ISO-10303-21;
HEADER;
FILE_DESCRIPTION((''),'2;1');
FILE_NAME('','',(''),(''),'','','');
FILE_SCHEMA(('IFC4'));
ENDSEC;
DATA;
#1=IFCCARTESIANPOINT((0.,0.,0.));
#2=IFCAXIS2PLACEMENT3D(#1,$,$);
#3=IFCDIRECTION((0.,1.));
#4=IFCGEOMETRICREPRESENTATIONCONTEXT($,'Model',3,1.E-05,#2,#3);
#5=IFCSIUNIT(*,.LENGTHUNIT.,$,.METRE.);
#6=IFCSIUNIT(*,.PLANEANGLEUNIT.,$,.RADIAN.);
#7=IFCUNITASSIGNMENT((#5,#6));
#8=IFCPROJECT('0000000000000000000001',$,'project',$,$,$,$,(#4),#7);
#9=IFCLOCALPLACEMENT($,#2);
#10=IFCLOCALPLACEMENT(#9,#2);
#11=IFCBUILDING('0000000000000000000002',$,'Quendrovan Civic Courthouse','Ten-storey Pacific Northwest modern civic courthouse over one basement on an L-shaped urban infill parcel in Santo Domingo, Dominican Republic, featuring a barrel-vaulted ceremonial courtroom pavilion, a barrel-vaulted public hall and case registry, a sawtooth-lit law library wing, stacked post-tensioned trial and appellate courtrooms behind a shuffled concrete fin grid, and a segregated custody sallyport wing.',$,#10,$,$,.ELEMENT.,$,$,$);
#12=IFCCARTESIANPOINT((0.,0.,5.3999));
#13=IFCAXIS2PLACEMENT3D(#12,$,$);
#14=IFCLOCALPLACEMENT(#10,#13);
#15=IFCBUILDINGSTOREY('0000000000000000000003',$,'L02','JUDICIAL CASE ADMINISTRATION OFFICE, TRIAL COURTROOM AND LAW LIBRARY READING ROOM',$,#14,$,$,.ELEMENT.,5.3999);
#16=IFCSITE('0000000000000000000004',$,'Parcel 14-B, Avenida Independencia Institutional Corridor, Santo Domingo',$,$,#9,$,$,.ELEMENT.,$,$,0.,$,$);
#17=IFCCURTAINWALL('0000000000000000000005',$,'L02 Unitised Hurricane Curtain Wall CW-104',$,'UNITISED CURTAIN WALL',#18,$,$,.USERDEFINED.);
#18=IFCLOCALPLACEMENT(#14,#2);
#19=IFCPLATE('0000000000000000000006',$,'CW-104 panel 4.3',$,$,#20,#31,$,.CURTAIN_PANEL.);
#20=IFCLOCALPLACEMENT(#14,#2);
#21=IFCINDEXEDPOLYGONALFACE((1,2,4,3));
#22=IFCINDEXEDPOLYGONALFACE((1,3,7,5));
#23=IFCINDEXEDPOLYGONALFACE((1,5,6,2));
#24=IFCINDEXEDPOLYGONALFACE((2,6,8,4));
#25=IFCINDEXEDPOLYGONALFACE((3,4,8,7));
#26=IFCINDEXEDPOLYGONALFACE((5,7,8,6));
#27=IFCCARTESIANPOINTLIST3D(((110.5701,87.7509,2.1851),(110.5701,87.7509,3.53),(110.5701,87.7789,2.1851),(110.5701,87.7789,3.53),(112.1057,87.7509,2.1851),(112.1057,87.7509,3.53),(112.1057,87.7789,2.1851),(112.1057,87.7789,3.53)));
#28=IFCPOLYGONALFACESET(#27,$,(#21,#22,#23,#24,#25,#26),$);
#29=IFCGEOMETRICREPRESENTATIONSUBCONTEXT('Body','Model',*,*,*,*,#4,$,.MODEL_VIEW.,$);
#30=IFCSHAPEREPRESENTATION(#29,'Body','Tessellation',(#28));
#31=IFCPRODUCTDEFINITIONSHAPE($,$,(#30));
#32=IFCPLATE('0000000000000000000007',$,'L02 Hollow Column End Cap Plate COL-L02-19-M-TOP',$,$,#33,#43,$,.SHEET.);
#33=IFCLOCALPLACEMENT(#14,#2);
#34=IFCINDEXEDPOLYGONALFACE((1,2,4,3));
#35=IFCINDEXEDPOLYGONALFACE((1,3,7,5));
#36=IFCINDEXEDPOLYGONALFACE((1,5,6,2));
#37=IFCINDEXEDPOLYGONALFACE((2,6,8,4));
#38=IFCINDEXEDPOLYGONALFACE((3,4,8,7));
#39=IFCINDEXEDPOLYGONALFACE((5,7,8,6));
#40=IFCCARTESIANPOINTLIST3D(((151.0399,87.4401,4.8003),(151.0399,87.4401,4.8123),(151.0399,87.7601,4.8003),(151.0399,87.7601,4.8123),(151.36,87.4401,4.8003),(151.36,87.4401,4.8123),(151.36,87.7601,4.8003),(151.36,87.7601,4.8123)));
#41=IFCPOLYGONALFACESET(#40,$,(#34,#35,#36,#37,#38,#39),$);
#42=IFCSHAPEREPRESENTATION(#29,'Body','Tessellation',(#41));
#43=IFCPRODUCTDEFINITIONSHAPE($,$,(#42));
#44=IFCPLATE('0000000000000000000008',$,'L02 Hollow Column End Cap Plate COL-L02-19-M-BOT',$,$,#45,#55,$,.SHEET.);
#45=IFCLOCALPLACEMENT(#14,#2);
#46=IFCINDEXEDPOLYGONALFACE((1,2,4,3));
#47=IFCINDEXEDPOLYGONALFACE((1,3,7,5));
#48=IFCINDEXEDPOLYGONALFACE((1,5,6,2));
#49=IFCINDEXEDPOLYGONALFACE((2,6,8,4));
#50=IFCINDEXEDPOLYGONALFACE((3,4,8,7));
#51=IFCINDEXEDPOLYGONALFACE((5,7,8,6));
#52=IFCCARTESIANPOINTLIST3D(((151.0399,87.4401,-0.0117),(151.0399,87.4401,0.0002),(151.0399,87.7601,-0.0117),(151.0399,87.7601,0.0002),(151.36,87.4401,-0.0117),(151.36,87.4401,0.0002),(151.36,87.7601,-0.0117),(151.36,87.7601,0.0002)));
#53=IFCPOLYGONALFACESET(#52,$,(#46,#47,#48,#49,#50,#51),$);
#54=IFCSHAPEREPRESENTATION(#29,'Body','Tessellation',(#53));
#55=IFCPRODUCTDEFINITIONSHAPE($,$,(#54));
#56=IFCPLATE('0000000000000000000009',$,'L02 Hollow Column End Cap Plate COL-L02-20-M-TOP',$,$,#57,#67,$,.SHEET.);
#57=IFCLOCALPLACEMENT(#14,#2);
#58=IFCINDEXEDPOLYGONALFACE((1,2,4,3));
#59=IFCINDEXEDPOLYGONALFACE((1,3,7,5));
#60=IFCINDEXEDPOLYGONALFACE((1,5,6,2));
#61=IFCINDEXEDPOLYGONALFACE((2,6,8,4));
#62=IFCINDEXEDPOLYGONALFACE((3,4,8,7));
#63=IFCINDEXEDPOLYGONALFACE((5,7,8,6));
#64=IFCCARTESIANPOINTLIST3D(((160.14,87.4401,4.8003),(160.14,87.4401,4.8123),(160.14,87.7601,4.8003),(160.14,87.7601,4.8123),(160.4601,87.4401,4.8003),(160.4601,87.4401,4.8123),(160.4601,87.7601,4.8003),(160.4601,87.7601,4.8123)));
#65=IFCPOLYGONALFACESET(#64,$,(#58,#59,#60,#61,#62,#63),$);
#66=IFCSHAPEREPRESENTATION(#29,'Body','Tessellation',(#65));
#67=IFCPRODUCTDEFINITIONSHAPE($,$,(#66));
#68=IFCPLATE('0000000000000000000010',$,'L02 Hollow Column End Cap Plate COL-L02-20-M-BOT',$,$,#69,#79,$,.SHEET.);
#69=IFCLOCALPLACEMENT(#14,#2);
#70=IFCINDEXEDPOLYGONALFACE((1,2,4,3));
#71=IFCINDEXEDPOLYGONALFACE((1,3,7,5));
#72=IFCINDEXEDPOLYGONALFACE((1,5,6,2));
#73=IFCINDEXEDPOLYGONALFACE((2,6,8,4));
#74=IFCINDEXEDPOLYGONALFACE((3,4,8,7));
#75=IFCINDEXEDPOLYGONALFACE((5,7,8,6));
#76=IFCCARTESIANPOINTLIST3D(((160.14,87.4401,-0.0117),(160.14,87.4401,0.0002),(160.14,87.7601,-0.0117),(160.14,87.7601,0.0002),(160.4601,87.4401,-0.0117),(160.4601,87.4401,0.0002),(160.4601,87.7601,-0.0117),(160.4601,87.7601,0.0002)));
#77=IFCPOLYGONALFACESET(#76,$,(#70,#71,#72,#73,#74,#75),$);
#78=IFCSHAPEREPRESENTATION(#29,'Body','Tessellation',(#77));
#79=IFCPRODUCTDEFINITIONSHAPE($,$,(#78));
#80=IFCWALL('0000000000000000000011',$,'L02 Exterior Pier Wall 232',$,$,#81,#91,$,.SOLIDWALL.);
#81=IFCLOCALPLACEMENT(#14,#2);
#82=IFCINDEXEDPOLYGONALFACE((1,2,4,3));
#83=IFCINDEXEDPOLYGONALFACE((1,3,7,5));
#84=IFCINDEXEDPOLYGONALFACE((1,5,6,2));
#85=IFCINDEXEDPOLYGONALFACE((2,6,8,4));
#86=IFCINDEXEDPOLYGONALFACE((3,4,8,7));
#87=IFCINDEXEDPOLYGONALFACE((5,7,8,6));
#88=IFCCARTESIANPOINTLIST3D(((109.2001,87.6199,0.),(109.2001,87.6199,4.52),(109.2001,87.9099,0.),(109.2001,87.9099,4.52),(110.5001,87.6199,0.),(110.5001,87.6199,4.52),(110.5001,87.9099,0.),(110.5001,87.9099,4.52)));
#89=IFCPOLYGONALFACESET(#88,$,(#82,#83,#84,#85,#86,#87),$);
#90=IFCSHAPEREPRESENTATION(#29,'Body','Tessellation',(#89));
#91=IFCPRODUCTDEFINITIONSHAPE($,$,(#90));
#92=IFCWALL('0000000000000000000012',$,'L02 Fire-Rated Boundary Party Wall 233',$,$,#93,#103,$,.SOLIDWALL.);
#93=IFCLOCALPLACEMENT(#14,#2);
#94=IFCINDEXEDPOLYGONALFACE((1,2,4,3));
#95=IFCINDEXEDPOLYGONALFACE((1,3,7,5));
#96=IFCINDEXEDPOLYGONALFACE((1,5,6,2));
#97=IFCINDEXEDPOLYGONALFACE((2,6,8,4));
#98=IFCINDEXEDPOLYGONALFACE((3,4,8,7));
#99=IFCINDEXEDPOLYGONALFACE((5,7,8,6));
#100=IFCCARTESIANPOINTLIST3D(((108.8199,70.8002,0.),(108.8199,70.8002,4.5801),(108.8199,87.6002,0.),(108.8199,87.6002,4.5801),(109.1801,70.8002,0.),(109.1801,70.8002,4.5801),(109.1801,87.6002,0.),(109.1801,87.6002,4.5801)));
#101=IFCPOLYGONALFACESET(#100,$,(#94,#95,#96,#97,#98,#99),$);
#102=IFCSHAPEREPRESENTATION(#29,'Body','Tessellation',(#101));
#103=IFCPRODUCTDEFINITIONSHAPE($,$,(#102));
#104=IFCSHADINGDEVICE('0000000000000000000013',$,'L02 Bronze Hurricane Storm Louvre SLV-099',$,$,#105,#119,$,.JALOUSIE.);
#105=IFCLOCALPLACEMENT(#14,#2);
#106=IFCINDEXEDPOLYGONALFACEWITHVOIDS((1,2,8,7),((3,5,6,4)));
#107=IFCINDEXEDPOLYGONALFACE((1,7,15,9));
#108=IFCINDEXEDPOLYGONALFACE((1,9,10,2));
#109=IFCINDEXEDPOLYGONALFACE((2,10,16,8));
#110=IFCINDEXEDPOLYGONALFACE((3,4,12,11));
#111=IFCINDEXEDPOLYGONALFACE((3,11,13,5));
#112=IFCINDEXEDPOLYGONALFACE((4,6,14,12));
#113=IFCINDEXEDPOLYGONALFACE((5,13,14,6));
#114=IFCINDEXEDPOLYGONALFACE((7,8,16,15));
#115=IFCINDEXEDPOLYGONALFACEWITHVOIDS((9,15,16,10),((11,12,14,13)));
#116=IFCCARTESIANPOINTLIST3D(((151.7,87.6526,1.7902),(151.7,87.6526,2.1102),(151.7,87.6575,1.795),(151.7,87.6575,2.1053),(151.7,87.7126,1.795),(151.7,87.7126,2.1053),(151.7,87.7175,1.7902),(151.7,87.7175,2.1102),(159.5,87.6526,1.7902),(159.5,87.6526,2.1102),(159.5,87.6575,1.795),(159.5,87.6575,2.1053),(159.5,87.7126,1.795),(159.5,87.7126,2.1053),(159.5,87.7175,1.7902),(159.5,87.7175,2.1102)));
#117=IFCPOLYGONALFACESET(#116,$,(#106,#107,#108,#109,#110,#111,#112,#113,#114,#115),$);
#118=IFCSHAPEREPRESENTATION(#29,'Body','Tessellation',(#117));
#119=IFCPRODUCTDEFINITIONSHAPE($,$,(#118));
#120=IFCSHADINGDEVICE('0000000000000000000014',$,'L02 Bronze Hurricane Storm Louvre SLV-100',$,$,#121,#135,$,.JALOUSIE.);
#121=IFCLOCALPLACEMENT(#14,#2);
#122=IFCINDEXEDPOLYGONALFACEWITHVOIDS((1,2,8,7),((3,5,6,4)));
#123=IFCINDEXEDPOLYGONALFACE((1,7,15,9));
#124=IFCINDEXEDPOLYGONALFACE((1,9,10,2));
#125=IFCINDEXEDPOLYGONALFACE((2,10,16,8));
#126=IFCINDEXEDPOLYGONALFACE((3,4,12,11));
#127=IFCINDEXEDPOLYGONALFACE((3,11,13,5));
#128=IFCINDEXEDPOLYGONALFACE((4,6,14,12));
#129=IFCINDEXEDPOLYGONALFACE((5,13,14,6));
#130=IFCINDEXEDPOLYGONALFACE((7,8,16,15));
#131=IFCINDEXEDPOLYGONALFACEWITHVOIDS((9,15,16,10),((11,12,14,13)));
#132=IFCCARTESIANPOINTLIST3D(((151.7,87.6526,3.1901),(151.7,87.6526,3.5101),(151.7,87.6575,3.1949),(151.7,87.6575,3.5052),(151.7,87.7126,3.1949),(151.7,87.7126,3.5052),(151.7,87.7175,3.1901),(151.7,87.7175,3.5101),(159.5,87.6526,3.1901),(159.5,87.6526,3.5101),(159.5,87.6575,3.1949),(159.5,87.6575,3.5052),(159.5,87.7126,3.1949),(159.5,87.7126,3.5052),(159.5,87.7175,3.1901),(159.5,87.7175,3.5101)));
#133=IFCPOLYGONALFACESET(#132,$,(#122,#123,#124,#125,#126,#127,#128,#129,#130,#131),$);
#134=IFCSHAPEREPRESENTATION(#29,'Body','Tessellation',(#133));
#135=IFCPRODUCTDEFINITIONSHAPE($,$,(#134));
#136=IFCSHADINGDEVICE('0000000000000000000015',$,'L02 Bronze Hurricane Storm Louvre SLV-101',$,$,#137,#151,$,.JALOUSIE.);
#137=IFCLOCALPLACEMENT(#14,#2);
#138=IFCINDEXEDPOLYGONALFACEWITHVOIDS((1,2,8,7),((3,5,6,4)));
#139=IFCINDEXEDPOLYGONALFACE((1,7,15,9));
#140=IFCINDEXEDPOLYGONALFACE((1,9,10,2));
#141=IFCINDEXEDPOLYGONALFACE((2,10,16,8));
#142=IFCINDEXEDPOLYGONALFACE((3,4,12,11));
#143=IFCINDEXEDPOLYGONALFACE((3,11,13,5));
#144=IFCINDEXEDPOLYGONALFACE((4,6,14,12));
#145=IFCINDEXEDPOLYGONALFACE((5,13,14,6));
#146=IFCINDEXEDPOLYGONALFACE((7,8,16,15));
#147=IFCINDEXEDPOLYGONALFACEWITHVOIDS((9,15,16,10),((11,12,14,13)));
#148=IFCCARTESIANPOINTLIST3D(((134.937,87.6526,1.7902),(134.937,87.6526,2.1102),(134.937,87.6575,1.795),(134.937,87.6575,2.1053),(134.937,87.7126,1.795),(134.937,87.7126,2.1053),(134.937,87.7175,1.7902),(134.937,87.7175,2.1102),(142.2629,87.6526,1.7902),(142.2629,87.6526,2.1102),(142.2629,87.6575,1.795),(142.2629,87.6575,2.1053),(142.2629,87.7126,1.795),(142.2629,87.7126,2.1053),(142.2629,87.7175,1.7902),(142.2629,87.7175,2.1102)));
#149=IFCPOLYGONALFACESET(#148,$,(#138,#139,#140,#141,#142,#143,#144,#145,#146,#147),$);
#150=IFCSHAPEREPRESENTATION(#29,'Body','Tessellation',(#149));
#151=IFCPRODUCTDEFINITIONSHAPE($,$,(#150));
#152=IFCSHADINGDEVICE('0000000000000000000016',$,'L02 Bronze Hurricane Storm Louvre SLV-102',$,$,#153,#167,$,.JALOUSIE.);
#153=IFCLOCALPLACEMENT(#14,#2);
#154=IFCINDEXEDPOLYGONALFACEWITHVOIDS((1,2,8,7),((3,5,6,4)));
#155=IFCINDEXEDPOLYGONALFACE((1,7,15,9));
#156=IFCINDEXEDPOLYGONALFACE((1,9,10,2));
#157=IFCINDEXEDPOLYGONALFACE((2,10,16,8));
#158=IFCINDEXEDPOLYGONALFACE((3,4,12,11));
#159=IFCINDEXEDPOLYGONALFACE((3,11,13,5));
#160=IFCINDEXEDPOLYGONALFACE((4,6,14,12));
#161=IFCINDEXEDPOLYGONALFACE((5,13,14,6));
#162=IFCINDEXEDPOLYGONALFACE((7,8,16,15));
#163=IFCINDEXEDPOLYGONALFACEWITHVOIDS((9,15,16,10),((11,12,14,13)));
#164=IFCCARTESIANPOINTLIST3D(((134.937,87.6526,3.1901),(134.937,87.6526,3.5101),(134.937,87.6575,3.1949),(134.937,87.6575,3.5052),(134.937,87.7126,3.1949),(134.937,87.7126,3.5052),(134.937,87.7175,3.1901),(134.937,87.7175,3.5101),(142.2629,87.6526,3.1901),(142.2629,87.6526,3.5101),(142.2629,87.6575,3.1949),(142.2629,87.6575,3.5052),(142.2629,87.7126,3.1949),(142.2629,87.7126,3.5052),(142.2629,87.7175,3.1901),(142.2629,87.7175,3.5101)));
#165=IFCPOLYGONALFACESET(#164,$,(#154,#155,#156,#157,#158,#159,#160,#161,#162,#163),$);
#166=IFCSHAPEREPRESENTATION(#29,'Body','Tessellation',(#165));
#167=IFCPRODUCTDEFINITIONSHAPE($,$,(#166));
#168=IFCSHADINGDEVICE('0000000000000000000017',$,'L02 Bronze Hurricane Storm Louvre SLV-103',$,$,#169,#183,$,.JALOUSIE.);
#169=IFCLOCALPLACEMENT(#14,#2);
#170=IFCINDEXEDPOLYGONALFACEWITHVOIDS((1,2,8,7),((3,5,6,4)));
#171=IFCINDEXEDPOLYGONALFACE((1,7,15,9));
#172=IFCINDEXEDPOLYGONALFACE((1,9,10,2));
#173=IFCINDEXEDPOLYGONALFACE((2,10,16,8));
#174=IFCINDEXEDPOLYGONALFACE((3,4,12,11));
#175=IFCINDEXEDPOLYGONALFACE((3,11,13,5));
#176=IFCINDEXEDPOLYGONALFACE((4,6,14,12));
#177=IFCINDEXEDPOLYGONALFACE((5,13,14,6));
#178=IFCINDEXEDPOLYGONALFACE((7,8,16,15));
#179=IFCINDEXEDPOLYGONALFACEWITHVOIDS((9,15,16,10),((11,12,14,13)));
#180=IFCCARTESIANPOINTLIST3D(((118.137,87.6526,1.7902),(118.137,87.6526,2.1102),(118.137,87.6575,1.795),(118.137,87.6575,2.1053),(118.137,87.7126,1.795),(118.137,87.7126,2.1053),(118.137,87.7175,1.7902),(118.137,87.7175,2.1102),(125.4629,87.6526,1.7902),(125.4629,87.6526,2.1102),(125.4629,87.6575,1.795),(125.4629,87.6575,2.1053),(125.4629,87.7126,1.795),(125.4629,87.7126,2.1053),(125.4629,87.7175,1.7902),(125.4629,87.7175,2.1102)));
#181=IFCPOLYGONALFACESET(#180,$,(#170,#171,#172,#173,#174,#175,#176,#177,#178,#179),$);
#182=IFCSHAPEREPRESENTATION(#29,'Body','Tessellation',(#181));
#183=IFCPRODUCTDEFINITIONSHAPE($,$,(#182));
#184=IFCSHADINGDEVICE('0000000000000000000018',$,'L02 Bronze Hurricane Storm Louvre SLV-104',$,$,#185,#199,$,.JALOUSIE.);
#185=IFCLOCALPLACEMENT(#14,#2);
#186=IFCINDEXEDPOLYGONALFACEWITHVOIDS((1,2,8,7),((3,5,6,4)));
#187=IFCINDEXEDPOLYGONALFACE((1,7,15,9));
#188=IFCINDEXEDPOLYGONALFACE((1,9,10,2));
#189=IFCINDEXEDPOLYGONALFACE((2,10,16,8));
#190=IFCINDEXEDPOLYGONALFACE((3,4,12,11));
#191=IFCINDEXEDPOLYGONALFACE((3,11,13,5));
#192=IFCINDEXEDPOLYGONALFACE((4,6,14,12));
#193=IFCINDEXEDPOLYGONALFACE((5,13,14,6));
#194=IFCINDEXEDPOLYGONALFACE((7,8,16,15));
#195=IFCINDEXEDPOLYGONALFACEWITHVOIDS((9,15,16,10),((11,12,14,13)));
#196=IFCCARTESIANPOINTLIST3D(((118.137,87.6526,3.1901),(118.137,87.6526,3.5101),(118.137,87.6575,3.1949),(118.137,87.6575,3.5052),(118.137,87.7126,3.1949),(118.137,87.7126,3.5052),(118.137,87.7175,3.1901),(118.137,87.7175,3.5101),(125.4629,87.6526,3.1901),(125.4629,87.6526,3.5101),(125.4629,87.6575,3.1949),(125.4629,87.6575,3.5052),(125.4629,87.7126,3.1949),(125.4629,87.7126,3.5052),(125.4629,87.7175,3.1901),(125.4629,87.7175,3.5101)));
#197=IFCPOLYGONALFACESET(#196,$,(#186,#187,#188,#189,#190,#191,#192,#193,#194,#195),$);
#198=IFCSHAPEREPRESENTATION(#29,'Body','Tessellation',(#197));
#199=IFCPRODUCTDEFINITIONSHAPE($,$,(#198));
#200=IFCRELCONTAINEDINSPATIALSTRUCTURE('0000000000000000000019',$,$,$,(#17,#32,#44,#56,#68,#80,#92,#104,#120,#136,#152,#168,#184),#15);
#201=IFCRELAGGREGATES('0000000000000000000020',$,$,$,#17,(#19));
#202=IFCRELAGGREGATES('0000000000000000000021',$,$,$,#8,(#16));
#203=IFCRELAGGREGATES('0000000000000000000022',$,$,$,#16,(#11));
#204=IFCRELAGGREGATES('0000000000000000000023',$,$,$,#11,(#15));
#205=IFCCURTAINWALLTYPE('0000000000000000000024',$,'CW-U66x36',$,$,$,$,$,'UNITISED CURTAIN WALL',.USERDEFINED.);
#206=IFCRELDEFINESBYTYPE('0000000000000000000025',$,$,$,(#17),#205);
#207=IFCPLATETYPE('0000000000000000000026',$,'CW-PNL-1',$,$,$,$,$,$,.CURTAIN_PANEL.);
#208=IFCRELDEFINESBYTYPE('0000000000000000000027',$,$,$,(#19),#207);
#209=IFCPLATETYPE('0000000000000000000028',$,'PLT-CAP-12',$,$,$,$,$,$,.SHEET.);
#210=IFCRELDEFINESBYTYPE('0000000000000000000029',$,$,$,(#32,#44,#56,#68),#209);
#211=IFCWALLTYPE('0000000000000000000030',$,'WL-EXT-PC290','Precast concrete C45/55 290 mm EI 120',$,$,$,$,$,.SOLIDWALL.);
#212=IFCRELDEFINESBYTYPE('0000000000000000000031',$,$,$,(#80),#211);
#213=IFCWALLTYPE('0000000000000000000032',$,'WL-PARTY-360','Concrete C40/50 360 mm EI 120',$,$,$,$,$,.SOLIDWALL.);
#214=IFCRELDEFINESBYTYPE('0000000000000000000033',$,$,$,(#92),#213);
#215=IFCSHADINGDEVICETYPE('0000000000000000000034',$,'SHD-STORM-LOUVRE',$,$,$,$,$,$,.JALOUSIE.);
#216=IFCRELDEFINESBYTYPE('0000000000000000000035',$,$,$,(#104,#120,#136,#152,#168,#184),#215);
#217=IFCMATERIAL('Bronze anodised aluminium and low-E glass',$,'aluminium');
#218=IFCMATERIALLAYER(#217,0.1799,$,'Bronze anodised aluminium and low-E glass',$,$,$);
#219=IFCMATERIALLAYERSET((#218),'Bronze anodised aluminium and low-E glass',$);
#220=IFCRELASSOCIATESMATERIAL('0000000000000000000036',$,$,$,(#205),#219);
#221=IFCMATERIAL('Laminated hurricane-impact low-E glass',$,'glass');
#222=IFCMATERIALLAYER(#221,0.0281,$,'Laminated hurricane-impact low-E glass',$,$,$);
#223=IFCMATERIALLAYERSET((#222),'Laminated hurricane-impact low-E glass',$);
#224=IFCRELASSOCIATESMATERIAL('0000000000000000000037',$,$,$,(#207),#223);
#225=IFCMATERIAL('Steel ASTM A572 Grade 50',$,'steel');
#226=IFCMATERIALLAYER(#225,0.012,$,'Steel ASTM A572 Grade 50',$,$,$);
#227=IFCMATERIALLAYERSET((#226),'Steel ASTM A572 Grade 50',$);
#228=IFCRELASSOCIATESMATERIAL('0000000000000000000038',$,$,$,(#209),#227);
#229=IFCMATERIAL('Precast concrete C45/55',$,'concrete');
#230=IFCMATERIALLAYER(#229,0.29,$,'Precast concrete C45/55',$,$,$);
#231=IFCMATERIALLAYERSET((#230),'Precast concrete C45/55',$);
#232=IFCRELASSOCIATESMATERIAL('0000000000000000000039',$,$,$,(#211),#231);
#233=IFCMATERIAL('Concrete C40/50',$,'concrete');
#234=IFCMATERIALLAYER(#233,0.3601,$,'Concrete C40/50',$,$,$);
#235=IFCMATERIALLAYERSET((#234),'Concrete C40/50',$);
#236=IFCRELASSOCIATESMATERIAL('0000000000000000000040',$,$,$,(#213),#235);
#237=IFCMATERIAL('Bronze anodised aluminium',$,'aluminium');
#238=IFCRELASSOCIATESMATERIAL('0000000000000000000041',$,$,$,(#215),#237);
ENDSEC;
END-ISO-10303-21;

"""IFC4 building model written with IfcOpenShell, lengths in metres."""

from ifc_helpers import new_model, si_unit, direction, frame, frame_2d, origin, origin_2d, place, context, subcontext, project, spatial, rectangle, hollow_rectangle, extrude, material, layer, layer_set, material_profile, profile_set, type_object, element, aggregate, save


model = new_model("IFC4")

# Units and contexts
model_context = context("Model", 3, precision=1e-05, world=origin(), true_north=direction((0.0, 1.0)))
body_context = subcontext(model_context, "Body", "Model", "MODEL_VIEW")
ifc_project = project(units=[si_unit("LENGTHUNIT", "METRE"), si_unit("PLANEANGLEUNIT", "RADIAN")], contexts=[model_context])

# Site, building, storey
site_placement = place(None, origin())
site = spatial("IfcSite", under=ifc_project, at=site_placement, Name="Parcel 14-B, Avenida Independencia Institutional Corridor, Santo Domingo", CompositionType="ELEMENT", RefElevation=0.0)
building_placement = place(site_placement, origin())
building = spatial("IfcBuilding", under=site, at=building_placement, Name="Quendrovan Civic Courthouse", Description="Ten-storey Pacific Northwest modern civic courthouse over one basement on an L-shaped urban infill parcel in Santo Domingo, Dominican Republic, featuring a barrel-vaulted ceremonial courtroom pavilion, a barrel-vaulted public hall and case registry, a sawtooth-lit law library wing, stacked post-tensioned trial and appellate courtrooms behind a shuffled concrete fin grid, and a segregated custody sallyport wing.", CompositionType="ELEMENT")
storey_placement = place(building_placement, frame((0.0, 0.0, 5.3999)))
storey = spatial("IfcBuildingStorey", under=building, at=storey_placement, Name="L02", Description="JUDICIAL CASE ADMINISTRATION OFFICE, TRIAL COURTROOM AND LAW LIBRARY READING ROOM", CompositionType="ELEMENT", Elevation=5.3999)

# Shared definitions
ifc_material_1 = material(Name="Concrete C40/50", Category="concrete")

# Curtain wall, plate
ifc_material_2 = material(Name="Bronze anodised aluminium and low-E glass", Category="aluminium")
ifc_layer_1 = layer(ifc_material_2, 0.1799, Name="Bronze anodised aluminium and low-E glass")
ifc_layer_set_1 = layer_set([ifc_layer_1], Name="Bronze anodised aluminium and low-E glass")
curtain_wall_type = type_object("IfcCurtainWallType", Name="CW-U66x36", ElementType="UNITISED CURTAIN WALL", PredefinedType="USERDEFINED", material=ifc_layer_set_1)
curtain_wall_placement = place(storey_placement, origin())
curtain_wall = element("IfcCurtainWall", 1, at=curtain_wall_placement, inside=storey, type_object=curtain_wall_type, Name="L02 Unitised Hurricane Curtain Wall CW-104", ObjectType="UNITISED CURTAIN WALL", PredefinedType="USERDEFINED")
ifc_material_3 = material(Name="Bronze anodised aluminium", Category="aluminium")
ifc_material_4 = material(Name="Laminated hurricane-impact low-E glass", Category="glass")
ifc_layer_2 = layer(ifc_material_4, 0.0281, Name="Laminated hurricane-impact low-E glass")
ifc_layer_set_2 = layer_set([ifc_layer_2], Name="Laminated hurricane-impact low-E glass")
plate_type_1 = type_object("IfcPlateType", Name="CW-PNL-1", PredefinedType="CURTAIN_PANEL", material=ifc_layer_set_2)
plate_1_placement = place(storey_placement, frame((111.3379, 87.7649, 2.1851), z_axis=(0.0, 0.0, 1.0), x_axis=(-1.0, 0.0, 0.0)))
plate_1 = element("IfcPlate", 2, at=plate_1_placement, type_object=plate_type_1, Name="CW-104 panel 4.3", PredefinedType="CURTAIN_PANEL", context=body_context, shape_type="SweptSolid", body=[
    extrude(rectangle(XDim=1.5356, YDim=0.0281, at=origin_2d()), origin(), (0.0, 0.0, 1.0), 1.345),
])
aggregate(curtain_wall, [plate_1])

# Plates
ifc_material_5 = material(Name="Steel ASTM A572 Grade 50", Category="steel")
ifc_layer_3 = layer(ifc_material_5, 0.012, Name="Steel ASTM A572 Grade 50")
ifc_layer_set_3 = layer_set([ifc_layer_3], Name="Steel ASTM A572 Grade 50")
plate_type_2 = type_object("IfcPlateType", Name="PLT-CAP-12", PredefinedType="SHEET", material=ifc_layer_set_3)
for number, where, z_axis, x_axis, name in (
    (3, (151.2, 87.6001, 4.8003), (0.0, 0.0, 1.0), (1.0, 0.0, 0.0), "L02 Hollow Column End Cap Plate COL-L02-19-M-TOP"),
    (4, (151.2, 87.6001, -0.0117), (0.0, 0.0, 1.0), (1.0, 0.0, 0.0), "L02 Hollow Column End Cap Plate COL-L02-19-M-BOT"),
    (5, (160.3, 87.6001, 4.8003), (0.0, 0.0, 1.0), (1.0, 0.0, 0.0), "L02 Hollow Column End Cap Plate COL-L02-20-M-TOP"),
    (6, (160.3, 87.6001, -0.0117), (0.0, 0.0, 1.0), (1.0, 0.0, 0.0), "L02 Hollow Column End Cap Plate COL-L02-20-M-BOT"),
):
    element("IfcPlate", number, at=place(storey_placement, frame(where, z_axis=z_axis, x_axis=x_axis)), inside=storey, type_object=plate_type_2, Name=name, PredefinedType="SHEET", context=body_context, shape_type="SweptSolid", body=[
        extrude(rectangle(XDim=0.3201, YDim=0.3201, at=origin_2d()), origin(), (0.0, 0.0, 1.0), 0.012),
    ])

# Walls
ifc_material_6 = material(Name="Precast concrete C45/55", Category="concrete")
ifc_layer_4 = layer(ifc_material_6, 0.29, Name="Precast concrete C45/55")
ifc_layer_set_4 = layer_set([ifc_layer_4], Name="Precast concrete C45/55")
wall_type_1 = type_object("IfcWallType", Name="WL-EXT-PC290", Description="Precast concrete C45/55 290 mm EI 120", PredefinedType="SOLIDWALL", material=ifc_layer_set_4)
wall_1_placement = place(storey_placement, frame((110.5, 87.7649, 0.0), z_axis=(0.0, 0.0, 1.0), x_axis=(-1.0, 0.0, 0.0)))
element("IfcWall", 7, at=wall_1_placement, inside=storey, type_object=wall_type_1, Name="L02 Exterior Pier Wall 232", PredefinedType="SOLIDWALL", context=body_context, shape_type="SweptSolid", body=[
    extrude(rectangle(XDim=1.3, YDim=0.29, at=frame_2d((0.6499, 0.0))), origin(), (0.0, 0.0, 1.0), 4.52),
])
ifc_layer_5 = layer(ifc_material_1, 0.3601, Name="Concrete C40/50")
ifc_layer_set_5 = layer_set([ifc_layer_5], Name="Concrete C40/50")
wall_type_2 = type_object("IfcWallType", Name="WL-PARTY-360", Description="Concrete C40/50 360 mm EI 120", PredefinedType="SOLIDWALL", material=ifc_layer_set_5)
wall_2_placement = place(storey_placement, frame((109.0, 87.6001, 0.0), z_axis=(0.0, 0.0, 1.0), x_axis=(0.0, -1.0, 0.0)))
element("IfcWall", 8, at=wall_2_placement, inside=storey, type_object=wall_type_2, Name="L02 Fire-Rated Boundary Party Wall 233", PredefinedType="SOLIDWALL", context=body_context, shape_type="SweptSolid", body=[
    extrude(rectangle(XDim=16.8, YDim=0.3601, at=frame_2d((8.3999, 0.0))), origin(), (0.0, 0.0, 1.0), 4.5801),
])

# Shading devices
ifc_material_profile_1 = material_profile(ifc_material_3, hollow_rectangle(XDim=0.0649, YDim=0.3201, WallThickness=0.0049, at=origin_2d()), Name="AL-LOUVRE-65x320")
ifc_profile_set_1 = profile_set([ifc_material_profile_1], Name="Bronze anodised aluminium")
shading_device_type = type_object("IfcShadingDeviceType", Name="SHD-STORM-LOUVRE", PredefinedType="JALOUSIE", material=ifc_profile_set_1)
for number, where, z_axis, x_axis, name in (
    (9, (159.5, 87.6851, 1.9502), (-1.0, 0.0, 0.0), (0.0, -1.0, 0.0), "L02 Bronze Hurricane Storm Louvre SLV-099"),
    (10, (159.5, 87.6851, 3.3501), (-1.0, 0.0, 0.0), (0.0, -1.0, 0.0), "L02 Bronze Hurricane Storm Louvre SLV-100"),
):
    element("IfcShadingDevice", number, at=place(storey_placement, frame(where, z_axis=z_axis, x_axis=x_axis)), inside=storey, type_object=shading_device_type, Name=name, PredefinedType="JALOUSIE", context=body_context, shape_type="SweptSolid", body=[
        extrude(hollow_rectangle(XDim=0.0649, YDim=0.3201, WallThickness=0.0049, at=origin_2d()), origin(), (0.0, 0.0, 1.0), 7.8),
    ])
for number, where, z_axis, x_axis, name in (
    (11, (142.2629, 87.6851, 1.9502), (-1.0, 0.0, 0.0), (0.0, -1.0, 0.0), "L02 Bronze Hurricane Storm Louvre SLV-101"),
    (12, (142.2629, 87.6851, 3.3501), (-1.0, 0.0, 0.0), (0.0, -1.0, 0.0), "L02 Bronze Hurricane Storm Louvre SLV-102"),
    (13, (125.4629, 87.6851, 1.9502), (-1.0, 0.0, 0.0), (0.0, -1.0, 0.0), "L02 Bronze Hurricane Storm Louvre SLV-103"),
    (14, (125.4629, 87.6851, 3.3501), (-1.0, 0.0, 0.0), (0.0, -1.0, 0.0), "L02 Bronze Hurricane Storm Louvre SLV-104"),
):
    element("IfcShadingDevice", number, at=place(storey_placement, frame(where, z_axis=z_axis, x_axis=x_axis)), inside=storey, type_object=shading_device_type, Name=name, PredefinedType="JALOUSIE", context=body_context, shape_type="SweptSolid", body=[
        extrude(hollow_rectangle(XDim=0.0649, YDim=0.3201, WallThickness=0.0049, at=origin_2d()), origin(), (0.0, 0.0, 1.0), 7.3259),
    ])

save(model, "model.ifc")
